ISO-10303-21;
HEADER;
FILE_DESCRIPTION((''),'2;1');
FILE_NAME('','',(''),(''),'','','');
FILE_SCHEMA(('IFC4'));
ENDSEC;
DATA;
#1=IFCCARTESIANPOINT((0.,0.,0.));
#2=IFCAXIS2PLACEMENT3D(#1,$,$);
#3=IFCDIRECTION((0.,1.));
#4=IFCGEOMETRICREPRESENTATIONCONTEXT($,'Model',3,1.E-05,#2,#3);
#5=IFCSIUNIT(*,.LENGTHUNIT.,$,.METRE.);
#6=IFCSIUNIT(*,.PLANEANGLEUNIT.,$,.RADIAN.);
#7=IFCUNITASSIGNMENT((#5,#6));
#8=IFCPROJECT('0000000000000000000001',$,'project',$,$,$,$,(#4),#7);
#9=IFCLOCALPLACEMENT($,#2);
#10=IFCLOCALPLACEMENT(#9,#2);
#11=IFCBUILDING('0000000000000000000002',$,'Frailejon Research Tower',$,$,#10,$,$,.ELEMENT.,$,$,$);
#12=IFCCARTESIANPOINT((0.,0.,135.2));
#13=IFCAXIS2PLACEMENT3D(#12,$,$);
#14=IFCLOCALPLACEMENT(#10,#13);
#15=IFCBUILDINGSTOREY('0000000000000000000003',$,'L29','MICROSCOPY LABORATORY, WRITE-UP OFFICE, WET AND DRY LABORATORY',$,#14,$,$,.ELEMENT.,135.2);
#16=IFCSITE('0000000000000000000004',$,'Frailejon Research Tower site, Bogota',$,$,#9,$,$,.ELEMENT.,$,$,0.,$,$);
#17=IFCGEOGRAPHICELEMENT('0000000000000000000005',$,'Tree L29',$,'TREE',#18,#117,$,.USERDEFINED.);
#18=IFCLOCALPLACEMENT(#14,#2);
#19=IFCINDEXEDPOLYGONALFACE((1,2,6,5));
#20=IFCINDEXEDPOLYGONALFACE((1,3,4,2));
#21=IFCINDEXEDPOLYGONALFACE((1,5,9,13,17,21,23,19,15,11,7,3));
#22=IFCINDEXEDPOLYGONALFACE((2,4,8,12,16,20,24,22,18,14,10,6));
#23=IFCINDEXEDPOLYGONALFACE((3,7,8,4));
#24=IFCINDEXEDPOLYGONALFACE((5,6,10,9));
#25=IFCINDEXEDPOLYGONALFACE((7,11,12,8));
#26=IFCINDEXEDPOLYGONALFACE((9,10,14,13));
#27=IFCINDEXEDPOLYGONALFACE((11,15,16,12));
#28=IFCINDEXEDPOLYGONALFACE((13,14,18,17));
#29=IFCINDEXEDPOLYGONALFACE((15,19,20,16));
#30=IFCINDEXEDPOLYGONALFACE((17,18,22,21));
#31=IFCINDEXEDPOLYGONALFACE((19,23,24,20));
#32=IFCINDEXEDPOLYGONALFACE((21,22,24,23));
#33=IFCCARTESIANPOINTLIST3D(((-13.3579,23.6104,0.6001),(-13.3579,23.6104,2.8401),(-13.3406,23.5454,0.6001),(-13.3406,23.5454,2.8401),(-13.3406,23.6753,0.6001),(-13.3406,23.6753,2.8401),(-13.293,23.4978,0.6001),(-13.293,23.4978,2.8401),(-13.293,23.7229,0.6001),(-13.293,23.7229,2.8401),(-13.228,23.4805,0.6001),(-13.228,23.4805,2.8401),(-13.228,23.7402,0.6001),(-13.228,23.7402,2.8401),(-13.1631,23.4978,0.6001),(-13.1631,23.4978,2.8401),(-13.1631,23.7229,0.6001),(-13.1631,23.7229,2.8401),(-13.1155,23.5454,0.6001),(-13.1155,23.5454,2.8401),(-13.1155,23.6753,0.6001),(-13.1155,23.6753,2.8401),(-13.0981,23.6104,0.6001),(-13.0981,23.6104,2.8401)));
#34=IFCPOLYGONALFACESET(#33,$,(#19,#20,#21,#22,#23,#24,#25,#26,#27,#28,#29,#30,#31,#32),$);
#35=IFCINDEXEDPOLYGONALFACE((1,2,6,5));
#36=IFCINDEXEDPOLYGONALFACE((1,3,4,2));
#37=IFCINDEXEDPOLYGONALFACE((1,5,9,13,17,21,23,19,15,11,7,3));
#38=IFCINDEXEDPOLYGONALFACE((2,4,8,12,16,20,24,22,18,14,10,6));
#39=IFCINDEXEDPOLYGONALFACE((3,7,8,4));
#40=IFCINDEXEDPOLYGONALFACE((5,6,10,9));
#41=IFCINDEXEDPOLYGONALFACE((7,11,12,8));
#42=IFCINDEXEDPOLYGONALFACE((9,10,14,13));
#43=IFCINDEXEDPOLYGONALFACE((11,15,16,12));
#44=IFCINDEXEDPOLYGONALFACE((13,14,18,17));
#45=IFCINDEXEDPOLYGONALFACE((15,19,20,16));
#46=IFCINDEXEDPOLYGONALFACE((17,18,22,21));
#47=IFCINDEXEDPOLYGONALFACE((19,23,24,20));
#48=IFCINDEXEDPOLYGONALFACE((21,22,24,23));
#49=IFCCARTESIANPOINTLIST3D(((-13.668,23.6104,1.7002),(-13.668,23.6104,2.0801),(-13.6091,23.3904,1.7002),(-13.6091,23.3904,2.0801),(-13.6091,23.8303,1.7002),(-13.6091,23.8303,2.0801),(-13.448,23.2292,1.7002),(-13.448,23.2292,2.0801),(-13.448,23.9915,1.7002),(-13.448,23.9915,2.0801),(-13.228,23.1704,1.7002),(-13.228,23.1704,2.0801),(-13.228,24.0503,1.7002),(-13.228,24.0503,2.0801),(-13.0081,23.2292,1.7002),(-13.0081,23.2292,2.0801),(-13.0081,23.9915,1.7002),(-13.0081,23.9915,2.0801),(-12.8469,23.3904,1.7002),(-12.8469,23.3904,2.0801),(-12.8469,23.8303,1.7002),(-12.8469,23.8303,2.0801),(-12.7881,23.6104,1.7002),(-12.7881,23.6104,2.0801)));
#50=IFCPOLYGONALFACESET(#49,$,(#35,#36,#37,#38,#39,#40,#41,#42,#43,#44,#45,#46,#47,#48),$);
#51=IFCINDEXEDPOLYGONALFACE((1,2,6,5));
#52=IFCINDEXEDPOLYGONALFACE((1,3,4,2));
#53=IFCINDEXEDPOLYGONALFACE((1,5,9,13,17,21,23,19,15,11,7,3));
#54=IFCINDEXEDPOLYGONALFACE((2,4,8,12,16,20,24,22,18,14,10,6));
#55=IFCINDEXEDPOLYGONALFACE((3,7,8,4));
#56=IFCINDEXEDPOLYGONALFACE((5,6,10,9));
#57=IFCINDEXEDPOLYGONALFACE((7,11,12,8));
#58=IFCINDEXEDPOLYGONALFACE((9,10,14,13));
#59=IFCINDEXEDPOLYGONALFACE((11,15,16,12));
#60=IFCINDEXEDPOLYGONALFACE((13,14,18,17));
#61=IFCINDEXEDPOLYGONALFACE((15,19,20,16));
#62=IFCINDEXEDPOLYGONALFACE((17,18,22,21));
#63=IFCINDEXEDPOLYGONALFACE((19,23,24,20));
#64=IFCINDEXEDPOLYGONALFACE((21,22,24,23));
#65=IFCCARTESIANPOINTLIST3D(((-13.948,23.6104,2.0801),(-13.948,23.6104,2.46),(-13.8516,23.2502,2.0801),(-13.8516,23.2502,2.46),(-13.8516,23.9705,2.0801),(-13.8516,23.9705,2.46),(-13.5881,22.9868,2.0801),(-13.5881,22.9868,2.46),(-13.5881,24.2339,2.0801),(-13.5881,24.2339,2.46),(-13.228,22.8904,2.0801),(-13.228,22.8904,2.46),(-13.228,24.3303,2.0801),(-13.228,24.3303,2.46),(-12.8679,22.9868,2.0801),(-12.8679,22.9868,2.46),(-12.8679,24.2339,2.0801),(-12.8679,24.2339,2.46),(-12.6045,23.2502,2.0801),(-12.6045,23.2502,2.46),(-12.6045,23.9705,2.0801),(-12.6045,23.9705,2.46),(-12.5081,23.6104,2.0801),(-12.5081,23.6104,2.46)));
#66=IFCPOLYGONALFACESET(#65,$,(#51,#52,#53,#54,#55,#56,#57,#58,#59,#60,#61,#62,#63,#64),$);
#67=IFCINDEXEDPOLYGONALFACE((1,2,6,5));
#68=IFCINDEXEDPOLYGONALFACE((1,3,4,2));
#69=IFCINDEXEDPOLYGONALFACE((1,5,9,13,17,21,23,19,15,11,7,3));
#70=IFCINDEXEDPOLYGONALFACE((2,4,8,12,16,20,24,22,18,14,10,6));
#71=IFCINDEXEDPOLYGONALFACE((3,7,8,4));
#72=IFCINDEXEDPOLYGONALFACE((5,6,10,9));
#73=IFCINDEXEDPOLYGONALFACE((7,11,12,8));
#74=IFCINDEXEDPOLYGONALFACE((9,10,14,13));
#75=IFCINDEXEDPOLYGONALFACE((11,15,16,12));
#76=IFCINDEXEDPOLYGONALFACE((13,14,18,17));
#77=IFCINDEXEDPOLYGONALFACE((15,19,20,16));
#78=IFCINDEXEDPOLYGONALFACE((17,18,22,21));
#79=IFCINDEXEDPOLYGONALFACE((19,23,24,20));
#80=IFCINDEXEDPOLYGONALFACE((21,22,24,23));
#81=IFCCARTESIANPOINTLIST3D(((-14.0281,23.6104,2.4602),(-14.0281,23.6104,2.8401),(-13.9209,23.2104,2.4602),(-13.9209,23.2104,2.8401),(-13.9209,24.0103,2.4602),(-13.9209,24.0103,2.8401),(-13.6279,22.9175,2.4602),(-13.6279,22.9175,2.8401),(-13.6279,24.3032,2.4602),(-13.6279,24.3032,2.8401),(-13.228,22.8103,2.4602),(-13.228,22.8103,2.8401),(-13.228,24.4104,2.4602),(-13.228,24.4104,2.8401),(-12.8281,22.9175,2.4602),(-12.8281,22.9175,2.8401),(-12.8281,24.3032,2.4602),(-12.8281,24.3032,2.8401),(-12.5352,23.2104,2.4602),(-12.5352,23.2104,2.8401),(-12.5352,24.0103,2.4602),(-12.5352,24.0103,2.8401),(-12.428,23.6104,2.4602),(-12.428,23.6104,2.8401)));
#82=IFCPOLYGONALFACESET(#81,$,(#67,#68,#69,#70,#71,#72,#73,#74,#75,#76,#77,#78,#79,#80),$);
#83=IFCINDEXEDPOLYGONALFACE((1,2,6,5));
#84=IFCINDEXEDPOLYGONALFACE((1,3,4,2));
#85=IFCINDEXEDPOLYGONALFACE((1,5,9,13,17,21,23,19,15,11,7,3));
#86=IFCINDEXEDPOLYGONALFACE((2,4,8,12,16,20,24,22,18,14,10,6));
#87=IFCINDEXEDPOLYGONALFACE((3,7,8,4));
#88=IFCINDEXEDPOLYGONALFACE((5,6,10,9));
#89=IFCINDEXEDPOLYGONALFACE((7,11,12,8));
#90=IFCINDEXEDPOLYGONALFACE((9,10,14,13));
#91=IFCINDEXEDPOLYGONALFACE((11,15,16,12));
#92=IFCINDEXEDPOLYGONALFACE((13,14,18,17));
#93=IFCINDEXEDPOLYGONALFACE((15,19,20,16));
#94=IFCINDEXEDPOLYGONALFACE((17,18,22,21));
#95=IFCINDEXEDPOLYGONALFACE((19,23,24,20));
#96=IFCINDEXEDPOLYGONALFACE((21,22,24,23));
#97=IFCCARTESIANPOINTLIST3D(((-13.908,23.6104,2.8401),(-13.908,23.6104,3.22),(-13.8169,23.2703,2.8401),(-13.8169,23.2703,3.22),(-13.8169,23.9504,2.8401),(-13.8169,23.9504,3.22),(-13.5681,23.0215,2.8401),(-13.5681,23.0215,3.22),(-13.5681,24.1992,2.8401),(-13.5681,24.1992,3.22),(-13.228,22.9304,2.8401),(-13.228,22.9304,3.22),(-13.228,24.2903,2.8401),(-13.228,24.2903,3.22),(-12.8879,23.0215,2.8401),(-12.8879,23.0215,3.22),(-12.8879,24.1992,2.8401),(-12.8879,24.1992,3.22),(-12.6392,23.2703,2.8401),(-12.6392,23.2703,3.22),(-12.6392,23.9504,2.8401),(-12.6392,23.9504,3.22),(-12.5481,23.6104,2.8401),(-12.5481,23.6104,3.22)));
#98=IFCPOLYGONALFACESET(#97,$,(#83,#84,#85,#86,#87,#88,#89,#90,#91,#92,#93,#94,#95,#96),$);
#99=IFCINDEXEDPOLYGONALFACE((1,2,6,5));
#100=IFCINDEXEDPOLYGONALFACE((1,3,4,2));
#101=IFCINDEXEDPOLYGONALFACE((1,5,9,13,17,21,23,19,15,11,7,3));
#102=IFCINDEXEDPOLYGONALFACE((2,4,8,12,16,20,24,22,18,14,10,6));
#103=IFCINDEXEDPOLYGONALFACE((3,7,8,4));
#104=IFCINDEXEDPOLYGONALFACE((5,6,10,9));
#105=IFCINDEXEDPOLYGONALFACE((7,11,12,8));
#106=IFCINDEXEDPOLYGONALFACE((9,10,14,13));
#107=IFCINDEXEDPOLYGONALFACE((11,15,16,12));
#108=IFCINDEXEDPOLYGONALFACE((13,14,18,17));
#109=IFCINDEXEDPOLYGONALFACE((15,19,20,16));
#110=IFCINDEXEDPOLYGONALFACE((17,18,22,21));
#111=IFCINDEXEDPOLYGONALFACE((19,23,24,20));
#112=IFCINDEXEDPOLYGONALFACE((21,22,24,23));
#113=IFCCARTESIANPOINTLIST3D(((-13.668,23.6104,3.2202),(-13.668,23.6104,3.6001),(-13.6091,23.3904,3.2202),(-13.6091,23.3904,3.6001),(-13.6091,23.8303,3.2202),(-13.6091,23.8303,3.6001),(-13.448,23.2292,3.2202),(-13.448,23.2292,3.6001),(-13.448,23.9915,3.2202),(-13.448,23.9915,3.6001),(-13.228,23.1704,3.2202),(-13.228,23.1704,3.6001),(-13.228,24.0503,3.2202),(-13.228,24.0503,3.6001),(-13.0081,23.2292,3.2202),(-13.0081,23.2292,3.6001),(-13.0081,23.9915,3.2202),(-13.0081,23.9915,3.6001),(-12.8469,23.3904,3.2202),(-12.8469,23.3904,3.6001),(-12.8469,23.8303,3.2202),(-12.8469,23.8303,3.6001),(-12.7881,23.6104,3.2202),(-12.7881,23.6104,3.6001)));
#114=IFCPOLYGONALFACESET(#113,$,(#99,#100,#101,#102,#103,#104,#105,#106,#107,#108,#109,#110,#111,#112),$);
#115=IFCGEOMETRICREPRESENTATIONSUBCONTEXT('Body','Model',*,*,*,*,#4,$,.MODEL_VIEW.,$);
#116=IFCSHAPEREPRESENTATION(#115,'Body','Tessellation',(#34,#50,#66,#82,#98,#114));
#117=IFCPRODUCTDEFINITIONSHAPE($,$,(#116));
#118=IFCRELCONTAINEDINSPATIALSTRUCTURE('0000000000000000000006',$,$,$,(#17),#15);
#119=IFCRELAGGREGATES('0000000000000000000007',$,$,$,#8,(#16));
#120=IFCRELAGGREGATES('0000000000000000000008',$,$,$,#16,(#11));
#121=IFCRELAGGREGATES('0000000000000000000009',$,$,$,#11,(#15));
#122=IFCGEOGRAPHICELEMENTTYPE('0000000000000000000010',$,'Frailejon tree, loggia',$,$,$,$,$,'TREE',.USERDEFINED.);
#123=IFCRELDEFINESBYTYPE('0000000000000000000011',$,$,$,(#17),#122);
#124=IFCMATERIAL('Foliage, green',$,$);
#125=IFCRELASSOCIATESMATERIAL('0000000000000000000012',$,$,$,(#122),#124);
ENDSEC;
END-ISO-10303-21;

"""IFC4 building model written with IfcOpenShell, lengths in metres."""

from ifc_helpers import new_model, si_unit, direction, frame, origin, place, context, subcontext, project, spatial, polyline, outline, extrude, material, type_object, element, save


model = new_model("IFC4")

# Units and contexts
model_context = context("Model", 3, precision=1e-05, world=origin(), true_north=direction((0.0, 1.0)))
body_context = subcontext(model_context, "Body", "Model", "MODEL_VIEW")
ifc_project = project(units=[si_unit("LENGTHUNIT", "METRE"), si_unit("PLANEANGLEUNIT", "RADIAN")], contexts=[model_context])

# Site, building, storey
site_placement = place(None, origin())
site = spatial("IfcSite", under=ifc_project, at=site_placement, Name="Frailejon Research Tower site, Bogota", CompositionType="ELEMENT", RefElevation=0.0)
building_placement = place(site_placement, origin())
building = spatial("IfcBuilding", under=site, at=building_placement, Name="Frailejon Research Tower", CompositionType="ELEMENT")
storey_placement = place(building_placement, frame((0.0, 0.0, 135.2)))
storey = spatial("IfcBuildingStorey", under=building, at=storey_placement, Name="L29", Description="MICROSCOPY LABORATORY, WRITE-UP OFFICE, WET AND DRY LABORATORY", CompositionType="ELEMENT", Elevation=135.2)

# Geographic element
ifc_material_1 = material(Name="Foliage, green")
geographic_element_type = type_object("IfcGeographicElementType", Name="Frailejon tree, loggia", ElementType="TREE", PredefinedType="USERDEFINED", material=ifc_material_1)
geographic_element_placement = place(storey_placement, frame((-13.228, 23.6104, 0.6001)))
element("IfcGeographicElement", 1, at=geographic_element_placement, inside=storey, type_object=geographic_element_type, Name="Tree L29", ObjectType="TREE", PredefinedType="USERDEFINED", context=body_context, shape_type="SweptSolid", body=[
    extrude(outline(polyline([(0.1299, 0.0), (0.1125, 0.0649), (0.0649, 0.1125), (0.0, 0.1299), (-0.0649, 0.1125), (-0.1125, 0.0649), (-0.1299, 0.0), (-0.1125, -0.0649), (-0.0649, -0.1125), (0.0, -0.1299), (0.0649, -0.1125), (0.1125, -0.0649), (0.1299, 0.0)])), origin(), (0.0, 0.0, 1.0), 2.24),
    extrude(outline(polyline([(0.4399, 0.0), (0.3811, 0.22), (0.22, 0.3811), (0.0, 0.4399), (-0.22, 0.3811), (-0.3811, 0.22), (-0.4399, 0.0), (-0.3811, -0.22), (-0.22, -0.3811), (0.0, -0.4399), (0.22, -0.3811), (0.3811, -0.22), (0.4399, 0.0)])), frame((0.0, 0.0, 1.1001)), (0.0, 0.0, 1.0), 0.3799),
    extrude(outline(polyline([(0.72, 0.0), (0.6235, 0.3601), (0.3601, 0.6235), (0.0, 0.72), (-0.3601, 0.6235), (-0.6235, 0.3601), (-0.72, 0.0), (-0.6235, -0.3601), (-0.3601, -0.6235), (0.0, -0.72), (0.3601, -0.6235), (0.6235, -0.3601), (0.72, 0.0)])), frame((0.0, 0.0, 1.48)), (0.0, 0.0, 1.0), 0.3799),
    extrude(outline(polyline([(0.8, 0.0), (0.6929, 0.3999), (0.3999, 0.6929), (0.0, 0.8), (-0.3999, 0.6929), (-0.6929, 0.3999), (-0.8, 0.0), (-0.6929, -0.3999), (-0.3999, -0.6929), (0.0, -0.8), (0.3999, -0.6929), (0.6929, -0.3999), (0.8, 0.0)])), frame((0.0, 0.0, 1.8601)), (0.0, 0.0, 1.0), 0.3799),
    extrude(outline(polyline([(0.6799, 0.0), (0.5889, 0.3401), (0.3401, 0.5889), (0.0, 0.6799), (-0.3401, 0.5889), (-0.5889, 0.3401), (-0.6799, 0.0), (-0.5889, -0.3401), (-0.3401, -0.5889), (0.0, -0.6799), (0.3401, -0.5889), (0.5889, -0.3401), (0.6799, 0.0)])), frame((0.0, 0.0, 2.24)), (0.0, 0.0, 1.0), 0.3799),
    extrude(outline(polyline([(0.4399, 0.0), (0.3811, 0.22), (0.22, 0.3811), (0.0, 0.4399), (-0.22, 0.3811), (-0.3811, 0.22), (-0.4399, 0.0), (-0.3811, -0.22), (-0.22, -0.3811), (0.0, -0.4399), (0.22, -0.3811), (0.3811, -0.22), (0.4399, 0.0)])), frame((0.0, 0.0, 2.6201)), (0.0, 0.0, 1.0), 0.3799),
])

save(model, "model.ifc")
